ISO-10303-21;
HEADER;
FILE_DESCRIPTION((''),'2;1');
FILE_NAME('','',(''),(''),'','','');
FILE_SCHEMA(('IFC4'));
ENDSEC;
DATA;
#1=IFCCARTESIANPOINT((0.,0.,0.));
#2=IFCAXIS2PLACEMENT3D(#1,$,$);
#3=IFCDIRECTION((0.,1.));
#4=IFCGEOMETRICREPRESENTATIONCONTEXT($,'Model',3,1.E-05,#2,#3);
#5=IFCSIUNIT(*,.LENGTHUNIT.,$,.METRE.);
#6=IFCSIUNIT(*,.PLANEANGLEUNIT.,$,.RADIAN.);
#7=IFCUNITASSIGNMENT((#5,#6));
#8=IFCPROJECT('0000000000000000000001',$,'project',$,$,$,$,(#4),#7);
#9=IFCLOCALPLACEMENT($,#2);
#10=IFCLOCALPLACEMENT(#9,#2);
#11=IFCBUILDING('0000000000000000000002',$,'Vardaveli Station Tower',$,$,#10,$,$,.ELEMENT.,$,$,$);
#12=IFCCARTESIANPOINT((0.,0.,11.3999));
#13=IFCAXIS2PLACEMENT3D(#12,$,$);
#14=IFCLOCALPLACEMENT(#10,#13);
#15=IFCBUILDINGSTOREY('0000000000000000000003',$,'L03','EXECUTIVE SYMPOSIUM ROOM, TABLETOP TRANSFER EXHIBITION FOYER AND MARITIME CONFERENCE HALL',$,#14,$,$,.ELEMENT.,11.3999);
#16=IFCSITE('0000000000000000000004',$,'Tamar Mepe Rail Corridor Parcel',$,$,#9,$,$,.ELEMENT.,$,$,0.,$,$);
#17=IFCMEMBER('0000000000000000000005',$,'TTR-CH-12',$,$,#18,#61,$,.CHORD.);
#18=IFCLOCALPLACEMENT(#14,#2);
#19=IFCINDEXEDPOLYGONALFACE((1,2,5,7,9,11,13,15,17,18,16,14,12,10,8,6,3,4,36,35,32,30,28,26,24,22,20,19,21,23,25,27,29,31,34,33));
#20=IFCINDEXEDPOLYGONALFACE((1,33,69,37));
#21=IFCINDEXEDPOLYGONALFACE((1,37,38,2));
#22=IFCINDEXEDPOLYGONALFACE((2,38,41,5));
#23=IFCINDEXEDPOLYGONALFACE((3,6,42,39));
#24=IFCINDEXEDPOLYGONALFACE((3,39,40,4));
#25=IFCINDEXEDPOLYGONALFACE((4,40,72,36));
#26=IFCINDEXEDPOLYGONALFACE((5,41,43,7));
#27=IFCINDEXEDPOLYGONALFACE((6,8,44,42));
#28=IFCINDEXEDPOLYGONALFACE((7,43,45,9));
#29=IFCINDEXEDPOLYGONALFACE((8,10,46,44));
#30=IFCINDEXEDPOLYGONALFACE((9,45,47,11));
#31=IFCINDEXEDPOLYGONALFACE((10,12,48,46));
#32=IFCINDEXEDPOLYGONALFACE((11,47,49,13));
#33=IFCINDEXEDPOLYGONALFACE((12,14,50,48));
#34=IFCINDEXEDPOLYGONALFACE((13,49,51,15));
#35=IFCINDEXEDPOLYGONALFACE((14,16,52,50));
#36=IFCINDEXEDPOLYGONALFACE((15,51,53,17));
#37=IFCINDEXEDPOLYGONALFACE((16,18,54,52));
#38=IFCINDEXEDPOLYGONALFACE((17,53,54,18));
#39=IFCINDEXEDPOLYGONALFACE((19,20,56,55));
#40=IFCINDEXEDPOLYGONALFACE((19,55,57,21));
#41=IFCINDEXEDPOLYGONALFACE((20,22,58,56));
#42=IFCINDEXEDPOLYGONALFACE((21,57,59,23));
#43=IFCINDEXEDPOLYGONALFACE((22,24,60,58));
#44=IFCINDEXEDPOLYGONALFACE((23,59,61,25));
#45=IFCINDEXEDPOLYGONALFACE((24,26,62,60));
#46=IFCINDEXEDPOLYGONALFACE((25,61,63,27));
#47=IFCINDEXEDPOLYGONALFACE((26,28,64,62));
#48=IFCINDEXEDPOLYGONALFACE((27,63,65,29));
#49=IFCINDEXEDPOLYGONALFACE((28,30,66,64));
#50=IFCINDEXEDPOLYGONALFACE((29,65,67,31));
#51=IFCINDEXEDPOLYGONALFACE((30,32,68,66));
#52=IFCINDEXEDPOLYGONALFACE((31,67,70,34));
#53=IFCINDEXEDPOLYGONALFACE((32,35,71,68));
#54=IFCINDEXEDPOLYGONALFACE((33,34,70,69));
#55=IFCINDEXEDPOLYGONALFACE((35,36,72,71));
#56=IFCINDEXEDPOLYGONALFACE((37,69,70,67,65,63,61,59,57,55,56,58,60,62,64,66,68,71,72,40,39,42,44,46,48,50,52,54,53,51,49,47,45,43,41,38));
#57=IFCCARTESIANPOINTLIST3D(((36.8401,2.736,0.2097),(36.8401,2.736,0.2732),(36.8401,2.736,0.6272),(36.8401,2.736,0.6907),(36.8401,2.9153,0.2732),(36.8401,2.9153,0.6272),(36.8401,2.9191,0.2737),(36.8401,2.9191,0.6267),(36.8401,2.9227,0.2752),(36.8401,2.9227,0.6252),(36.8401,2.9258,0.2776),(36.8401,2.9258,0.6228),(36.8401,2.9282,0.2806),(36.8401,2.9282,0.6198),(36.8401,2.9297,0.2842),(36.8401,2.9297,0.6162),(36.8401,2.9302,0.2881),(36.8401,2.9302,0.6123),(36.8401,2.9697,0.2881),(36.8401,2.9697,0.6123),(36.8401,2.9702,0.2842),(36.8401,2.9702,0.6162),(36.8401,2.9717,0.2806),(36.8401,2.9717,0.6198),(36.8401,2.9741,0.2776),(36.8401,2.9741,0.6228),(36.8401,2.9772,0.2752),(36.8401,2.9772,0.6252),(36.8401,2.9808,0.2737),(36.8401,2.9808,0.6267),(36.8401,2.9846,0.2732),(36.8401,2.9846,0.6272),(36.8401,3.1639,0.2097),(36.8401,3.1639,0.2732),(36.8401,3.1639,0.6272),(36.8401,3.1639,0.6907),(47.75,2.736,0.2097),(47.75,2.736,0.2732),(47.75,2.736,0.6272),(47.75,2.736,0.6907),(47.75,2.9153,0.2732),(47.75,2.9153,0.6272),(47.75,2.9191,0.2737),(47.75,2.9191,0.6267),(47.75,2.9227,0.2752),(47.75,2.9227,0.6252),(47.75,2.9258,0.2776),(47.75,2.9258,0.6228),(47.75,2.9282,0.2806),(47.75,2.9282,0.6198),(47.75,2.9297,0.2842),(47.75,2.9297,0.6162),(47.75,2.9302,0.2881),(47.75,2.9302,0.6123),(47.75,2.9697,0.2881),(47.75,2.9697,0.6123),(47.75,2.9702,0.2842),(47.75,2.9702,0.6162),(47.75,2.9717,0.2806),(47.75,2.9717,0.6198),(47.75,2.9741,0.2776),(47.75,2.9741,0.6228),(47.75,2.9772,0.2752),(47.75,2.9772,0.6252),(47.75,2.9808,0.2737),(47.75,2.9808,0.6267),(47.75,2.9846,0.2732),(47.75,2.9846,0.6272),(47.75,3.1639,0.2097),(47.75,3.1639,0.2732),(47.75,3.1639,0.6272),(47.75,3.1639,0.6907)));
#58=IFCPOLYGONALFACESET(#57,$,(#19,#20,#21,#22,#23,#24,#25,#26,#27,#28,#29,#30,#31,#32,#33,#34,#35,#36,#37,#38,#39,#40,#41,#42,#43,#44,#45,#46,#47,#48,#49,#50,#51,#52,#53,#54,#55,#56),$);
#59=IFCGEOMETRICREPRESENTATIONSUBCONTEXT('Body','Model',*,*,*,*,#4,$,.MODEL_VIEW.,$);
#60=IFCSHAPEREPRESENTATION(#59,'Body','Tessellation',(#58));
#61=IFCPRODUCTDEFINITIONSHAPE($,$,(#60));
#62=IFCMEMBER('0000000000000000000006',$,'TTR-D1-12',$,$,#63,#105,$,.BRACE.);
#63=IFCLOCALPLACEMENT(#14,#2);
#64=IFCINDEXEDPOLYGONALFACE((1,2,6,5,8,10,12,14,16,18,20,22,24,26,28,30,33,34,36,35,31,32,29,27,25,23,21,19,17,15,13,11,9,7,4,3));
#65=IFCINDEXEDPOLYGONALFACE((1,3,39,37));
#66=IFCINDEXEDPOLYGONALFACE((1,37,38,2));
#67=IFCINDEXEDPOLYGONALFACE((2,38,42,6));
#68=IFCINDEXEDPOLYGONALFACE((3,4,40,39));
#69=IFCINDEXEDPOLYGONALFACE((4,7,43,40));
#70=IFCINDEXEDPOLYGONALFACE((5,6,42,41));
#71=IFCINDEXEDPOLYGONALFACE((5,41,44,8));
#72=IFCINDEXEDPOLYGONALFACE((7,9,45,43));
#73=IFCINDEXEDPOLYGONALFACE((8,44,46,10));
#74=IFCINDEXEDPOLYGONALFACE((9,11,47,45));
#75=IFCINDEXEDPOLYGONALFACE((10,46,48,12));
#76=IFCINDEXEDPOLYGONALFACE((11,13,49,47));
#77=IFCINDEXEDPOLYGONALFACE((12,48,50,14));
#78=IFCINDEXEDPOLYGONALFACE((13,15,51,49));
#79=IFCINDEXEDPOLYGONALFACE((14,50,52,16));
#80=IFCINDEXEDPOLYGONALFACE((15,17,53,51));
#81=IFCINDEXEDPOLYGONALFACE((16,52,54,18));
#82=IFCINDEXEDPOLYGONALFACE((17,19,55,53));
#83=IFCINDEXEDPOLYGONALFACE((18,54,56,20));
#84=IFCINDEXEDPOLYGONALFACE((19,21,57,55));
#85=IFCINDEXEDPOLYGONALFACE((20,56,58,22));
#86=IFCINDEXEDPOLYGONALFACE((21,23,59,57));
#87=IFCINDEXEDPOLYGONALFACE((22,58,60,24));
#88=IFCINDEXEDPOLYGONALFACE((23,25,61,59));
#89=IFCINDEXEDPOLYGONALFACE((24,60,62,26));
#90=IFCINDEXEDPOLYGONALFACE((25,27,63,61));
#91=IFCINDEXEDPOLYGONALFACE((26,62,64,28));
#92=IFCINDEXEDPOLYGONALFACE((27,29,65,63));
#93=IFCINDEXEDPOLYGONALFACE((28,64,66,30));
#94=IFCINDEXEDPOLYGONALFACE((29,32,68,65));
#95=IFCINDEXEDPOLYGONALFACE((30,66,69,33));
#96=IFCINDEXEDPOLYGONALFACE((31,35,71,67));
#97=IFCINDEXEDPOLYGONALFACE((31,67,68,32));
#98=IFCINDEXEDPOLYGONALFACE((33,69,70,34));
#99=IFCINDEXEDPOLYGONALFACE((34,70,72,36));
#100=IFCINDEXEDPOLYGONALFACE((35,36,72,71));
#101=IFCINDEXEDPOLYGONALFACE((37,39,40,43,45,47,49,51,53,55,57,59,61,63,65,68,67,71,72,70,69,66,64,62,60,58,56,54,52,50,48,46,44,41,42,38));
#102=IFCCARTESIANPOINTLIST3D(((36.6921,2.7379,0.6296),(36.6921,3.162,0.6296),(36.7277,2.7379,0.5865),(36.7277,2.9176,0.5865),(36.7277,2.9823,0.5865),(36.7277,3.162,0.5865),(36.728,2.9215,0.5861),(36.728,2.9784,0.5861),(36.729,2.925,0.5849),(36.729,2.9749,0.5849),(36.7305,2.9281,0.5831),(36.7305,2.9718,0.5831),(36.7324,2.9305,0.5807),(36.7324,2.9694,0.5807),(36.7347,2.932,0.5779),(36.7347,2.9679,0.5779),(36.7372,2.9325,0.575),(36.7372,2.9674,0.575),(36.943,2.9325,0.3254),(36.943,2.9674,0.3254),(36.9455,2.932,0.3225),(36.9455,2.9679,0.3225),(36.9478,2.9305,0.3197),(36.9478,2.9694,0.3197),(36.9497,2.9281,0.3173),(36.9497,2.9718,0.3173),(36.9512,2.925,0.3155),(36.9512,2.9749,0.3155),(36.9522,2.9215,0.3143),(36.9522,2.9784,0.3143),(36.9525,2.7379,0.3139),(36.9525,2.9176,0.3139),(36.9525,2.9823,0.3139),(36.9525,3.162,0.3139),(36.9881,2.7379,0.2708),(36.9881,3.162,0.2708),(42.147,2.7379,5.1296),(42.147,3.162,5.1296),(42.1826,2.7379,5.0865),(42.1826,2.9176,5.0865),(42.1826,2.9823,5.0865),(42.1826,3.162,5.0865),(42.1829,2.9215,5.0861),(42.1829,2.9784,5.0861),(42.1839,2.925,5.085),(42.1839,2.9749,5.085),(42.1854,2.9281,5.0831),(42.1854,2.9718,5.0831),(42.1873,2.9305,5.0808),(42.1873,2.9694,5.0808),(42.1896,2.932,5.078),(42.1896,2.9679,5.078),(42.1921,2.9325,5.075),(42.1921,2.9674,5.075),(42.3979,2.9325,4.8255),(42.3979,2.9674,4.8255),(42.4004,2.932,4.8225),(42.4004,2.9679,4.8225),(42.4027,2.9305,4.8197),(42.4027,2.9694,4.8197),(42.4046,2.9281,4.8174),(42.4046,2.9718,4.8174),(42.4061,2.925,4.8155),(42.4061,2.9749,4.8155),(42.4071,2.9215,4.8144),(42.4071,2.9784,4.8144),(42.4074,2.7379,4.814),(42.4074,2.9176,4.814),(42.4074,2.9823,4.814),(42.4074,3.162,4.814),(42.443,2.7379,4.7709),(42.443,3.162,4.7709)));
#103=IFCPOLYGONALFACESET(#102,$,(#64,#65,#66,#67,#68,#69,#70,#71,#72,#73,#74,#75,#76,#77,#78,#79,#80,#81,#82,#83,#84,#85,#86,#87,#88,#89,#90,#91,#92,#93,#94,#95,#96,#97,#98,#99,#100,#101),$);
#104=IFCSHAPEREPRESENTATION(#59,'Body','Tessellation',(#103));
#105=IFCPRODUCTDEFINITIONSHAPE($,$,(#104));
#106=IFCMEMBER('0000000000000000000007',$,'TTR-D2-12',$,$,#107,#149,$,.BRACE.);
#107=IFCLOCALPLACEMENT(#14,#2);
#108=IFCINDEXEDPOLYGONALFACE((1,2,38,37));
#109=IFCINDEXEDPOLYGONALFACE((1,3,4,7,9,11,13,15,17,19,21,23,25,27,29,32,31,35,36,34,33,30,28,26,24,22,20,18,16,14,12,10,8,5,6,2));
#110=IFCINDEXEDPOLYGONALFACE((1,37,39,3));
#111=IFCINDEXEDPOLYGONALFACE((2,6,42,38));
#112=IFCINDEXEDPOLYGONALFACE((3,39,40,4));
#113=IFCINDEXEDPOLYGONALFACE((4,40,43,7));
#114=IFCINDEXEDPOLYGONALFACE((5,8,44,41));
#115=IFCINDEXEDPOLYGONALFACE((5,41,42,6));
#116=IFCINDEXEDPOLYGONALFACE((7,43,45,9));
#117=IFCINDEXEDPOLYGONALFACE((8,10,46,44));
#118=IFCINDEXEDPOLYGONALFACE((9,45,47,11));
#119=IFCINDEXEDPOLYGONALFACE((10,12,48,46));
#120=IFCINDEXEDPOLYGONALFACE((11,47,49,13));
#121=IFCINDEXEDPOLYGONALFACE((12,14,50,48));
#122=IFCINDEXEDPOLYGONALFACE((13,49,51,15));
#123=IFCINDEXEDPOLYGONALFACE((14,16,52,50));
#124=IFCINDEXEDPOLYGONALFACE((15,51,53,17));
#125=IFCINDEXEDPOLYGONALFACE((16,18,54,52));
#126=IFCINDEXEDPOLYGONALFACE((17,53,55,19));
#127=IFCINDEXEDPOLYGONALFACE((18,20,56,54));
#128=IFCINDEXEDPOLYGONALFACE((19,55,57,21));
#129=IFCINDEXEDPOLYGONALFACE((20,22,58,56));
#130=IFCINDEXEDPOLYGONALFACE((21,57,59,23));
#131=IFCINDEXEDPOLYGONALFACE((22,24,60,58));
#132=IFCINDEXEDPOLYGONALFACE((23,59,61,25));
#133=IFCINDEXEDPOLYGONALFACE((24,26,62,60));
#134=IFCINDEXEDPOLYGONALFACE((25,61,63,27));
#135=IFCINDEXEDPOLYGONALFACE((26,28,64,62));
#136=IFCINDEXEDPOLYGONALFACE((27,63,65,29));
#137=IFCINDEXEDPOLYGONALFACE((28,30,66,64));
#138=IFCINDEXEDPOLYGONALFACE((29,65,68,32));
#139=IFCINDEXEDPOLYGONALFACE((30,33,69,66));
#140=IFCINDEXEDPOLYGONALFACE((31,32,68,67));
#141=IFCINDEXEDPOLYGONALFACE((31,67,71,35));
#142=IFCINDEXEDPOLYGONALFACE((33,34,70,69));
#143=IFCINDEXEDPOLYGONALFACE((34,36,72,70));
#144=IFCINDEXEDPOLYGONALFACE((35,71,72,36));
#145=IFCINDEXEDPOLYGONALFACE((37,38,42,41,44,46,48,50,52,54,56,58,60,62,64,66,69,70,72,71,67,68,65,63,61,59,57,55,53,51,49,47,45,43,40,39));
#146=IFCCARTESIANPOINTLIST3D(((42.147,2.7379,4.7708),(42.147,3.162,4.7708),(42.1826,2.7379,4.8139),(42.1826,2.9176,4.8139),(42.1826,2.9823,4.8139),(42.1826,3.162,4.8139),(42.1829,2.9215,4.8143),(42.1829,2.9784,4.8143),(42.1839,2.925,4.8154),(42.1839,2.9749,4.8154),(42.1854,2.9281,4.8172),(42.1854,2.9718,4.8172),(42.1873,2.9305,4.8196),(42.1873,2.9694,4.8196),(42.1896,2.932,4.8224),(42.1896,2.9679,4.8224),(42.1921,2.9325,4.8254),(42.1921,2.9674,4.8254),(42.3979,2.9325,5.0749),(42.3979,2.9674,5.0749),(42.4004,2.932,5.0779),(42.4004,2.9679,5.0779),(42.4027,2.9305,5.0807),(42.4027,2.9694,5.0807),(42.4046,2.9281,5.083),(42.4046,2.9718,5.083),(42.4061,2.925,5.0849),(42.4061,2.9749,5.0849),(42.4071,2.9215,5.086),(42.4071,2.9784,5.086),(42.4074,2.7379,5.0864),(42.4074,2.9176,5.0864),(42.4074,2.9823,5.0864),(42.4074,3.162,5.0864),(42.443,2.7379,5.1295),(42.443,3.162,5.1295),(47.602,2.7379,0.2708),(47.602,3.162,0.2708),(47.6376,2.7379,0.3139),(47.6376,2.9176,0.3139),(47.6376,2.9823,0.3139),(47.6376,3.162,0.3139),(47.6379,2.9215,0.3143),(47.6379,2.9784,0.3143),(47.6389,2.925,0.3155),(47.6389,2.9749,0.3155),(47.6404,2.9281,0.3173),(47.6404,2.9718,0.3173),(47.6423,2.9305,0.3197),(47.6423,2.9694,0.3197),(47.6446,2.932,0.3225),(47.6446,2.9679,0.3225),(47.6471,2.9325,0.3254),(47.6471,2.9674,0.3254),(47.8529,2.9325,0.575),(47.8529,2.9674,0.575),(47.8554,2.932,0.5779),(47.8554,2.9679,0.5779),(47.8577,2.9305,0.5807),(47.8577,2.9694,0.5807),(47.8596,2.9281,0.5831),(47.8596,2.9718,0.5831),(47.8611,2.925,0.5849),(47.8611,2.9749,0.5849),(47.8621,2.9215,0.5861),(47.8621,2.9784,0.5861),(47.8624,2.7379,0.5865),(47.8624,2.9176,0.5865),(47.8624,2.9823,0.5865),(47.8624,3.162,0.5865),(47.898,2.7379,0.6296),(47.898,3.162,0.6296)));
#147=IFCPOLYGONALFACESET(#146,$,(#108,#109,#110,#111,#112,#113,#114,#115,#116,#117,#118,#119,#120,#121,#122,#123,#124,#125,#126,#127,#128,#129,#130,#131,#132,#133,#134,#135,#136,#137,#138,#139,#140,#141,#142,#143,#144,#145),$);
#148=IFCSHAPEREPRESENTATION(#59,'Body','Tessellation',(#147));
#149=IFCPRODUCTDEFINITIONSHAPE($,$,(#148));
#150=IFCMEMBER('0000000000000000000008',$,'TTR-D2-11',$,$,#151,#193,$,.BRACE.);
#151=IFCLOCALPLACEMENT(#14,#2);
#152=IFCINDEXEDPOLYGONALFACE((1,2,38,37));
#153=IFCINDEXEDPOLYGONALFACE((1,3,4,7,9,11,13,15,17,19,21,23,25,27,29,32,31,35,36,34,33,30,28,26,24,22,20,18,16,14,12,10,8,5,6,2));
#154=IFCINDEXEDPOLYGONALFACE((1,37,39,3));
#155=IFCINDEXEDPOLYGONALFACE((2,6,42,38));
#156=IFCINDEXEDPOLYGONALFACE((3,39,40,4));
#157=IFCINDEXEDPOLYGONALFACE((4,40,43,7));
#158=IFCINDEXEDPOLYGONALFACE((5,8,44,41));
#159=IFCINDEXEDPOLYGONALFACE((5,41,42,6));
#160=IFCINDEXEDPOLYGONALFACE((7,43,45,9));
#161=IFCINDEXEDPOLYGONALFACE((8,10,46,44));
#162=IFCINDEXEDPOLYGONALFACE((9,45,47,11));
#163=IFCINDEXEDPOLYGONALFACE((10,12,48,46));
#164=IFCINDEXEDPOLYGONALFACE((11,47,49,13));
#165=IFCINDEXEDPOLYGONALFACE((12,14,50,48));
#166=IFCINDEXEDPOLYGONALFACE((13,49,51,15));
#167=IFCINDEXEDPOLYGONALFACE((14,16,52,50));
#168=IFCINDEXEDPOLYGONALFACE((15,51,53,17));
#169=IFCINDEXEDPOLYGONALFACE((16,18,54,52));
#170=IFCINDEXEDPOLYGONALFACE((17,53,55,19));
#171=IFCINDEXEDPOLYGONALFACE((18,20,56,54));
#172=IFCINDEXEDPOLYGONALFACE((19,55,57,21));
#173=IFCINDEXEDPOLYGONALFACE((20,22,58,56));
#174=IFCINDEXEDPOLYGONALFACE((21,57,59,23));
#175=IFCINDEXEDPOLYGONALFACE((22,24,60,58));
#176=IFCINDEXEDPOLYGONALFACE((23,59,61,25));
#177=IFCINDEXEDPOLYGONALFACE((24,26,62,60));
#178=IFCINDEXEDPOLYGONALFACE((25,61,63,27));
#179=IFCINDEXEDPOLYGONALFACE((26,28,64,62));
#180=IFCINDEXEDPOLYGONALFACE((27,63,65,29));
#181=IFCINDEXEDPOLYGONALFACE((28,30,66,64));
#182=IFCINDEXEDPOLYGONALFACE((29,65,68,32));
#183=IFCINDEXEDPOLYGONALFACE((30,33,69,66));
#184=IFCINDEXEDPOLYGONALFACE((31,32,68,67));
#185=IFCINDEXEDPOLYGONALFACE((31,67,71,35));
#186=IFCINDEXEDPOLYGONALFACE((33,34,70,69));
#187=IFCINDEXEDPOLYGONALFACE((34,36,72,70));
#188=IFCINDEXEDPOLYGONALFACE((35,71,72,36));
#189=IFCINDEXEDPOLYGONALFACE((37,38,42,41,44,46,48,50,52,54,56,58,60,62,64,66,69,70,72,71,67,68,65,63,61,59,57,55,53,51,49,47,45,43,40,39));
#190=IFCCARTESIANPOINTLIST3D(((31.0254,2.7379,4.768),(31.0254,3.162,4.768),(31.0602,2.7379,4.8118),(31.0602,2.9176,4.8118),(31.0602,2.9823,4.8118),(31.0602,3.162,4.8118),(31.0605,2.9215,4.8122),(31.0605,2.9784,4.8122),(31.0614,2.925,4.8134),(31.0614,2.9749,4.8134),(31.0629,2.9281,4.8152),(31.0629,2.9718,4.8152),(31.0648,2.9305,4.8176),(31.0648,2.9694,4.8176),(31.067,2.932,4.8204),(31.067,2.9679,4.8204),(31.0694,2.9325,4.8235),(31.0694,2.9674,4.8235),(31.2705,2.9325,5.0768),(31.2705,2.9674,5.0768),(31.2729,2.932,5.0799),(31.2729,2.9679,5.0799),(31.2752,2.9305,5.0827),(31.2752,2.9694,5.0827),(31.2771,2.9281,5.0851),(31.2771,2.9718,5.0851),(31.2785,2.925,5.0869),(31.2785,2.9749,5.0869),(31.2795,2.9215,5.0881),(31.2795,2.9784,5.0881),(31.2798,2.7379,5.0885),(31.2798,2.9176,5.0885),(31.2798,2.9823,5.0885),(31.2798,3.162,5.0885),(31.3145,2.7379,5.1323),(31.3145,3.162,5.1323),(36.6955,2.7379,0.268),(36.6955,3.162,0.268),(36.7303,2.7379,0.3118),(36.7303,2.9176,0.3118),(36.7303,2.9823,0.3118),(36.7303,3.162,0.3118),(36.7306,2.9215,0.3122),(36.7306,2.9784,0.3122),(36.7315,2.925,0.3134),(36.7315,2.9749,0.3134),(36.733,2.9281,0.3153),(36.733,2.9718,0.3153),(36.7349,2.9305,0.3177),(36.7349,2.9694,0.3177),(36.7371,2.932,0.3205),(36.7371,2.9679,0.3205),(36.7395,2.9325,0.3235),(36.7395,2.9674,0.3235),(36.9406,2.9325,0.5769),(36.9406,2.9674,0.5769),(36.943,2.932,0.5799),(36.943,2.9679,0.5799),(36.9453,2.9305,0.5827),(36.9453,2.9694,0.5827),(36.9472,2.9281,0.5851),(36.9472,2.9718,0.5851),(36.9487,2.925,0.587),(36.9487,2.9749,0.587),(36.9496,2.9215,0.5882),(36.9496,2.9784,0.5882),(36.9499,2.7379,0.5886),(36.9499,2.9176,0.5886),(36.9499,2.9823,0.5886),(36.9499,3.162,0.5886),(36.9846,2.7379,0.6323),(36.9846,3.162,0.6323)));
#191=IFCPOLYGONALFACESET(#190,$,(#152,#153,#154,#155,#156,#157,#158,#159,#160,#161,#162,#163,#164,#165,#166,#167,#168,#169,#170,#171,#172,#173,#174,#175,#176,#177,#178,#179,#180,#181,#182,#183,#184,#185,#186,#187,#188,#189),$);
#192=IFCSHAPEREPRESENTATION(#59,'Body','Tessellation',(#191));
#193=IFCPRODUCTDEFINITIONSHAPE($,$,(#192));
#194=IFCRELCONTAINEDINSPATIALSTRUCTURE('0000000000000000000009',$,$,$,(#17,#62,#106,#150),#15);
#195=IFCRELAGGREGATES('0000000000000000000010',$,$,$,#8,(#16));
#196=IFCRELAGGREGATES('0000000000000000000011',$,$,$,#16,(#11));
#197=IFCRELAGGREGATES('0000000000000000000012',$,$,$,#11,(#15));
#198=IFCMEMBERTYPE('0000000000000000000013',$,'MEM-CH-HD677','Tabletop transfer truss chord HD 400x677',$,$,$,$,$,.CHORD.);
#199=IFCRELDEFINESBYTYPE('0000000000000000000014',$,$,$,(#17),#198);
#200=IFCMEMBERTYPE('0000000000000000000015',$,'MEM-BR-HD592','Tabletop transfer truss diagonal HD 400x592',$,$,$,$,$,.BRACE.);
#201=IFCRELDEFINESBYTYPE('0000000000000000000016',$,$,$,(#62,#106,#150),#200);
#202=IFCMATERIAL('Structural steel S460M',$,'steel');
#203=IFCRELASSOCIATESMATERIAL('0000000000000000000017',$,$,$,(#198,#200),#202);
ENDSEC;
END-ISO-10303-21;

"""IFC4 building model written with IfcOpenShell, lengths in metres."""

from ifc_helpers import new_model, si_unit, direction, frame, origin, origin_2d, place, context, subcontext, project, spatial, i_section, extrude, source, transform, mapped, material, material_profile, profile_set, type_object, element, save


model = new_model("IFC4")

# Units and contexts
model_context = context("Model", 3, precision=1e-05, world=origin(), true_north=direction((0.0, 1.0)))
body_context = subcontext(model_context, "Body", "Model", "MODEL_VIEW")
ifc_project = project(units=[si_unit("LENGTHUNIT", "METRE"), si_unit("PLANEANGLEUNIT", "RADIAN")], contexts=[model_context])

# Site, building, storey
site_placement = place(None, origin())
site = spatial("IfcSite", under=ifc_project, at=site_placement, Name="Tamar Mepe Rail Corridor Parcel", CompositionType="ELEMENT", RefElevation=0.0)
building_placement = place(site_placement, origin())
building = spatial("IfcBuilding", under=site, at=building_placement, Name="Vardaveli Station Tower", CompositionType="ELEMENT")
storey_placement = place(building_placement, frame((0.0, 0.0, 11.3999)))
storey = spatial("IfcBuildingStorey", under=building, at=storey_placement, Name="L03", Description="EXECUTIVE SYMPOSIUM ROOM, TABLETOP TRANSFER EXHIBITION FOYER AND MARITIME CONFERENCE HALL", CompositionType="ELEMENT", Elevation=11.3999)

# Shared definitions
ifc_material_1 = material(Name="Structural steel S460M", Category="steel")

# Members
ifc_material_profile_1 = material_profile(ifc_material_1, i_section(OverallWidth=0.428, OverallDepth=0.481, WebThickness=0.0396, FlangeThickness=0.0635, FilletRadius=0.0149, at=origin_2d()), Name="HD 400x677")
ifc_profile_set_1 = profile_set([ifc_material_profile_1], Name="Structural steel S460M")
member_type_1 = type_object("IfcMemberType", Name="MEM-CH-HD677", Description="Tabletop transfer truss chord HD 400x677", PredefinedType="CHORD", material=ifc_profile_set_1)
shared_shape_1 = source(origin(), body_context, "Body", "SweptSolid", [
    extrude(i_section(OverallWidth=0.428, OverallDepth=0.481, WebThickness=0.0396, FlangeThickness=0.0635, FilletRadius=0.0149, at=origin_2d()), origin(), (0.0, 0.0, 1.0), 10.9099),
])
member_1_placement = place(storey_placement, frame((36.8401, 2.95, 0.4502), z_axis=(1.0, 0.0, 0.0), x_axis=(0.0, 1.0, 0.0)))
element("IfcMember", 1, at=member_1_placement, inside=storey, type_object=member_type_1, Name="TTR-CH-12", PredefinedType="CHORD", context=body_context, shape_type="MappedRepresentation", body=[
    mapped(shared_shape_1, transform((0.0, 0.0, 0.0), scale=1.0)),
])
ifc_material_profile_2 = material_profile(ifc_material_1, i_section(OverallWidth=0.4241, OverallDepth=0.4651, WebThickness=0.0349, FlangeThickness=0.0559, FilletRadius=0.0149, at=origin_2d()), Name="HD 400x592")
ifc_profile_set_2 = profile_set([ifc_material_profile_2], Name="Structural steel S460M")
member_type_2 = type_object("IfcMemberType", Name="MEM-BR-HD592", Description="Tabletop transfer truss diagonal HD 400x592", PredefinedType="BRACE", material=ifc_profile_set_2)
shared_shape_2 = source(origin(), body_context, "Body", "SweptSolid", [
    extrude(i_section(OverallWidth=0.4241, OverallDepth=0.4651, WebThickness=0.0349, FlangeThickness=0.0559, FilletRadius=0.0149, at=origin_2d()), origin(), (0.0, 0.0, 1.0), 7.0715),
])
for number, where, z_axis, x_axis, name in (
    (2, (36.8401, 2.95, 0.4502), (0.77139, 0.0, 0.636363), (0.0, 1.0, 0.0), "TTR-D1-12"),
    (3, (47.75, 2.95, 0.4502), (-0.771404, 0.0, 0.636346), (0.0, -1.0, 0.0), "TTR-D2-12"),
):
    element("IfcMember", number, at=place(storey_placement, frame(where, z_axis=z_axis, x_axis=x_axis)), inside=storey, type_object=member_type_2, Name=name, PredefinedType="BRACE", context=body_context, shape_type="MappedRepresentation", body=[
        mapped(shared_shape_2, transform((0.0, 0.0, 0.0), scale=1.0)),
    ])
shared_shape_3 = source(origin(), body_context, "Body", "SweptSolid", [
    extrude(i_section(OverallWidth=0.4241, OverallDepth=0.4651, WebThickness=0.0349, FlangeThickness=0.0559, FilletRadius=0.0149, at=origin_2d()), origin(), (0.0, 0.0, 1.0), 7.2388),
])
member_2_placement = place(storey_placement, frame((36.8401, 2.95, 0.4502), z_axis=(-0.783298, 0.0, 0.621647), x_axis=(0.0, -1.0, 0.0)))
element("IfcMember", 4, at=member_2_placement, inside=storey, type_object=member_type_2, Name="TTR-D2-11", PredefinedType="BRACE", context=body_context, shape_type="MappedRepresentation", body=[
    mapped(shared_shape_3, transform((0.0, 0.0, 0.0), scale=1.0)),
])

save(model, "model.ifc")
